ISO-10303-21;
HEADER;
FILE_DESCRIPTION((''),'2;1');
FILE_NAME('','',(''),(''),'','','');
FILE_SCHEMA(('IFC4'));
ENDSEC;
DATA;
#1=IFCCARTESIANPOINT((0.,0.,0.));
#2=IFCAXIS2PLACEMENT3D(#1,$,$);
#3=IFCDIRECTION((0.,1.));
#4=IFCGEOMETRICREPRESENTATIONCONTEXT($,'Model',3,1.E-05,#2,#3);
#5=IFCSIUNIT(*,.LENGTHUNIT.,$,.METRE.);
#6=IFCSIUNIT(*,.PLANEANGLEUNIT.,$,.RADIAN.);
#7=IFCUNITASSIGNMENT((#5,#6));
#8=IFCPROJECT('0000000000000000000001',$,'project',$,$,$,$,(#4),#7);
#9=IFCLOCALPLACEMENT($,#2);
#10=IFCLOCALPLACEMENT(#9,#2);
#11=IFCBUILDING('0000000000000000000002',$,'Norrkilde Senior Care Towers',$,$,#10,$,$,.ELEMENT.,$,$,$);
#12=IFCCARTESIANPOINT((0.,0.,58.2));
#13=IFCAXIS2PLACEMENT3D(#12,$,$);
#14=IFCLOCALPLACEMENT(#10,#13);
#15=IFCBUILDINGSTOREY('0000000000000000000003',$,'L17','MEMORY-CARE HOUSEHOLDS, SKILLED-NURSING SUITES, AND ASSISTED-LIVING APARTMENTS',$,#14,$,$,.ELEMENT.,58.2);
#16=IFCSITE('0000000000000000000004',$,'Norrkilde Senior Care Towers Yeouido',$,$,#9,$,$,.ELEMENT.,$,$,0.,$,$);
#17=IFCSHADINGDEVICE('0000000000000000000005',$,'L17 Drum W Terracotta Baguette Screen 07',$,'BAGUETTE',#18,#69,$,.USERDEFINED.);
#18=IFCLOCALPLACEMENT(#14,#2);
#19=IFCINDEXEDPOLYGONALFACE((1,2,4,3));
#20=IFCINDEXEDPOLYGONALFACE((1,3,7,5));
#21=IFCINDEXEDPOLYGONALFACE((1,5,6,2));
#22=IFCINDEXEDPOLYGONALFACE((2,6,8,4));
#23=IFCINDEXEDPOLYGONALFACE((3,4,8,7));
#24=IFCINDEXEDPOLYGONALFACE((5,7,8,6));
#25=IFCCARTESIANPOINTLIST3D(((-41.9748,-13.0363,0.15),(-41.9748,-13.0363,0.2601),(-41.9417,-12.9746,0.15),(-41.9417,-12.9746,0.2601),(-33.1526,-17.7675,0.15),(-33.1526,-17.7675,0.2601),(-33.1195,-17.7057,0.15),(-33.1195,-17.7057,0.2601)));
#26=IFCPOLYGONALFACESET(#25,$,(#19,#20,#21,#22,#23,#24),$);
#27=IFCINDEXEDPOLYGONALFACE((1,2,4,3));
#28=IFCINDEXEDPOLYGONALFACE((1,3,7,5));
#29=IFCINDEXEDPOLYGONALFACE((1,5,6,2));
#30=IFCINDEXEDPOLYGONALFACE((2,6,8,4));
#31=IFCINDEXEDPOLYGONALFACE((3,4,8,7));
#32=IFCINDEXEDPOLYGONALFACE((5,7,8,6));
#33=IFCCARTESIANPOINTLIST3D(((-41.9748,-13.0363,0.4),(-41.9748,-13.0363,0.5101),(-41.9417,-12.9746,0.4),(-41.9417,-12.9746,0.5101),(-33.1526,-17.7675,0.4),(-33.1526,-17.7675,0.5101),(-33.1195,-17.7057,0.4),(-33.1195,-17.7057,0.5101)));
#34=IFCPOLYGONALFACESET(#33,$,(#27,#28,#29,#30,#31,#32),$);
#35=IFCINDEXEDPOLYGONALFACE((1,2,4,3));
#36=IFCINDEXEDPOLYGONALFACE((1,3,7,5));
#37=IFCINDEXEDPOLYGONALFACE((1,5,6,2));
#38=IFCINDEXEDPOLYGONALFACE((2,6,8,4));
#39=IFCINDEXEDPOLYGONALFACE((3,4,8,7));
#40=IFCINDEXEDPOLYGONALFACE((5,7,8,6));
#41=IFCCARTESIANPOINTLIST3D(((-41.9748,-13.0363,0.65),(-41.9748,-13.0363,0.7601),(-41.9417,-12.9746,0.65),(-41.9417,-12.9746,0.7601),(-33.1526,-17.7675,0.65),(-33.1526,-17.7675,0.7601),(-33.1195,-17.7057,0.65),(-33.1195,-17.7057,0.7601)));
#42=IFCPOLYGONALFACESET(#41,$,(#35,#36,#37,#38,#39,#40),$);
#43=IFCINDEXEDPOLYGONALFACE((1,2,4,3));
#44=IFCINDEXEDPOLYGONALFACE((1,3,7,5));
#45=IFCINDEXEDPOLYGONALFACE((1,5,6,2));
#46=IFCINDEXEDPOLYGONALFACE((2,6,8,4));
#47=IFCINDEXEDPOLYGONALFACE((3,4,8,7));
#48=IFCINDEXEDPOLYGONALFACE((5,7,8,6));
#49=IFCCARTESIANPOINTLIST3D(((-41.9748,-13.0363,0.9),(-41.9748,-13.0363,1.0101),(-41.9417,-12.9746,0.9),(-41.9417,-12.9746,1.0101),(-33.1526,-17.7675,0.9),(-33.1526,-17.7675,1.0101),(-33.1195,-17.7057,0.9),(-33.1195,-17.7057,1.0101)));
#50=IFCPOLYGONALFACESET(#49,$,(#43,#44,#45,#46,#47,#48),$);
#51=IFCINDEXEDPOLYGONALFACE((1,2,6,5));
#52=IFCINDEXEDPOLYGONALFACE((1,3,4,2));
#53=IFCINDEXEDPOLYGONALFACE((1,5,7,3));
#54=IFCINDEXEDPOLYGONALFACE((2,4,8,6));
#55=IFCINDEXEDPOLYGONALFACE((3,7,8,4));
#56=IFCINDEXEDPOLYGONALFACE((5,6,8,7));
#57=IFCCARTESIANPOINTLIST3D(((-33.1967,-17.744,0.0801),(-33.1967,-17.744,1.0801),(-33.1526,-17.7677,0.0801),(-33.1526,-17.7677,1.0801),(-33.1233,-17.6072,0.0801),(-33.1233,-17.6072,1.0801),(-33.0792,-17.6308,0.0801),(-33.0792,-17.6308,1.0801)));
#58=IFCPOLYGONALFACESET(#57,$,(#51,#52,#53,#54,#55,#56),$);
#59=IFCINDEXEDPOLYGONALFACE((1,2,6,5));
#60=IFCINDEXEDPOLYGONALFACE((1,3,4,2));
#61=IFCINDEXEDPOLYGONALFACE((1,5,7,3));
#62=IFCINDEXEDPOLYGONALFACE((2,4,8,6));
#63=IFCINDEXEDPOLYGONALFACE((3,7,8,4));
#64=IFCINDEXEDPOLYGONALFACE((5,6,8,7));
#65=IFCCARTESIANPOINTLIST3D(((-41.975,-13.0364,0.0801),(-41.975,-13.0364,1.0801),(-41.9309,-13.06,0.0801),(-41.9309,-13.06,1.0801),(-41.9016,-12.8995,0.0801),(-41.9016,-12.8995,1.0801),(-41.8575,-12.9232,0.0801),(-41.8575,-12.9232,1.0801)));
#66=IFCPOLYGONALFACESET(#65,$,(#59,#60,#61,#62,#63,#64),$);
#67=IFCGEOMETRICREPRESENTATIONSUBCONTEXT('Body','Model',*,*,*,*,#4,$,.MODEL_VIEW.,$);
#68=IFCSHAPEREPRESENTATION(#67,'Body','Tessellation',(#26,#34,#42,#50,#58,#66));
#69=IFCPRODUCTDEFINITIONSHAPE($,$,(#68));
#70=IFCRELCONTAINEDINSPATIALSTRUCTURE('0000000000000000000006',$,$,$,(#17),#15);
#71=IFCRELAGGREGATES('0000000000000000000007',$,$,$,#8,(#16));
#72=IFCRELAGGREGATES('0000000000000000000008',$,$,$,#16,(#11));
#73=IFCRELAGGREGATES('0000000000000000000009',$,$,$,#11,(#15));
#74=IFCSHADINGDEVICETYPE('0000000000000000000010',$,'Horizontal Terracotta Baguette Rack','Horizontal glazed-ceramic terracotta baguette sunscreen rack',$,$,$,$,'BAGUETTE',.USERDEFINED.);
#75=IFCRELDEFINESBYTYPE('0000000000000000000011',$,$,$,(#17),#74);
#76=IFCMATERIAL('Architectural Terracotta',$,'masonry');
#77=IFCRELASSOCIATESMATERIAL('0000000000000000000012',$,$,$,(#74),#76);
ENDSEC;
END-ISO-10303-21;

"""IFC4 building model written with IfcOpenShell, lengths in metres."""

from ifc_helpers import new_model, si_unit, direction, frame, origin, origin_2d, place, context, subcontext, project, spatial, rectangle, extrude, source, transform, mapped, material, type_object, type_shapes, element, save


model = new_model("IFC4")

# Units and contexts
model_context = context("Model", 3, precision=1e-05, world=origin(), true_north=direction((0.0, 1.0)))
body_context = subcontext(model_context, "Body", "Model", "MODEL_VIEW")
ifc_project = project(units=[si_unit("LENGTHUNIT", "METRE"), si_unit("PLANEANGLEUNIT", "RADIAN")], contexts=[model_context])

# Site, building, storey
site_placement = place(None, origin())
site = spatial("IfcSite", under=ifc_project, at=site_placement, Name="Norrkilde Senior Care Towers Yeouido", CompositionType="ELEMENT", RefElevation=0.0)
building_placement = place(site_placement, origin())
building = spatial("IfcBuilding", under=site, at=building_placement, Name="Norrkilde Senior Care Towers", CompositionType="ELEMENT")
storey_placement = place(building_placement, frame((0.0, 0.0, 58.2)))
storey = spatial("IfcBuildingStorey", under=building, at=storey_placement, Name="L17", Description="MEMORY-CARE HOUSEHOLDS, SKILLED-NURSING SUITES, AND ASSISTED-LIVING APARTMENTS", CompositionType="ELEMENT", Elevation=58.2)

# Shading device
ifc_material_1 = material(Name="Architectural Terracotta", Category="masonry")
shading_device_type = type_object("IfcShadingDeviceType", Name="Horizontal Terracotta Baguette Rack", Description="Horizontal glazed-ceramic terracotta baguette sunscreen rack", ElementType="BAGUETTE", PredefinedType="USERDEFINED", material=ifc_material_1)
shared_shape_1 = source(origin(), body_context, "Body", "SweptSolid", [
    extrude(rectangle(XDim=0.0701, YDim=0.1101, at=origin_2d()), frame((0.0, 0.0901, 0.125), z_axis=(1.0, 0.0, 0.0), x_axis=(0.0, 1.0, 0.0)), (0.0, 0.0, 1.0), 10.0107),
    extrude(rectangle(XDim=0.0701, YDim=0.1101, at=origin_2d()), frame((0.0, 0.0901, 0.375), z_axis=(1.0, 0.0, 0.0), x_axis=(0.0, 1.0, 0.0)), (0.0, 0.0, 1.0), 10.0107),
    extrude(rectangle(XDim=0.0701, YDim=0.1101, at=origin_2d()), frame((0.0, 0.0901, 0.625), z_axis=(1.0, 0.0, 0.0), x_axis=(0.0, 1.0, 0.0)), (0.0, 0.0, 1.0), 10.0107),
    extrude(rectangle(XDim=0.0701, YDim=0.1101, at=origin_2d()), frame((0.0, 0.0901, 0.875), z_axis=(1.0, 0.0, 0.0), x_axis=(0.0, 1.0, 0.0)), (0.0, 0.0, 1.0), 10.0107),
    extrude(rectangle(XDim=0.05, YDim=0.1553, at=origin_2d()), frame((0.0249, 0.0476, 0.0)), (0.0, 0.0, 1.0), 1.0),
    extrude(rectangle(XDim=0.05, YDim=0.1553, at=origin_2d()), frame((9.9858, 0.0476, 0.0)), (0.0, 0.0, 1.0), 1.0),
])
type_shapes(shading_device_type, [shared_shape_1])
shading_device_placement = place(storey_placement, frame((-33.0935, -17.6572, 0.0801), z_axis=(0.0, 0.0, 1.0), x_axis=(-0.88128, 0.472612, 0.0)))
element("IfcShadingDevice", 1, at=shading_device_placement, inside=storey, type_object=shading_device_type, Name="L17 Drum W Terracotta Baguette Screen 07", ObjectType="BAGUETTE", PredefinedType="USERDEFINED", context=body_context, shape_type="MappedRepresentation", body=[
    mapped(shared_shape_1, transform((0.0, 0.0, 0.0), x_axis=(1.0, 0.0, 0.0), y_axis=(0.0, 1.0, 0.0), z_axis=(0.0, 0.0, 1.0), scale=1.0)),
])

save(model, "model.ifc")
